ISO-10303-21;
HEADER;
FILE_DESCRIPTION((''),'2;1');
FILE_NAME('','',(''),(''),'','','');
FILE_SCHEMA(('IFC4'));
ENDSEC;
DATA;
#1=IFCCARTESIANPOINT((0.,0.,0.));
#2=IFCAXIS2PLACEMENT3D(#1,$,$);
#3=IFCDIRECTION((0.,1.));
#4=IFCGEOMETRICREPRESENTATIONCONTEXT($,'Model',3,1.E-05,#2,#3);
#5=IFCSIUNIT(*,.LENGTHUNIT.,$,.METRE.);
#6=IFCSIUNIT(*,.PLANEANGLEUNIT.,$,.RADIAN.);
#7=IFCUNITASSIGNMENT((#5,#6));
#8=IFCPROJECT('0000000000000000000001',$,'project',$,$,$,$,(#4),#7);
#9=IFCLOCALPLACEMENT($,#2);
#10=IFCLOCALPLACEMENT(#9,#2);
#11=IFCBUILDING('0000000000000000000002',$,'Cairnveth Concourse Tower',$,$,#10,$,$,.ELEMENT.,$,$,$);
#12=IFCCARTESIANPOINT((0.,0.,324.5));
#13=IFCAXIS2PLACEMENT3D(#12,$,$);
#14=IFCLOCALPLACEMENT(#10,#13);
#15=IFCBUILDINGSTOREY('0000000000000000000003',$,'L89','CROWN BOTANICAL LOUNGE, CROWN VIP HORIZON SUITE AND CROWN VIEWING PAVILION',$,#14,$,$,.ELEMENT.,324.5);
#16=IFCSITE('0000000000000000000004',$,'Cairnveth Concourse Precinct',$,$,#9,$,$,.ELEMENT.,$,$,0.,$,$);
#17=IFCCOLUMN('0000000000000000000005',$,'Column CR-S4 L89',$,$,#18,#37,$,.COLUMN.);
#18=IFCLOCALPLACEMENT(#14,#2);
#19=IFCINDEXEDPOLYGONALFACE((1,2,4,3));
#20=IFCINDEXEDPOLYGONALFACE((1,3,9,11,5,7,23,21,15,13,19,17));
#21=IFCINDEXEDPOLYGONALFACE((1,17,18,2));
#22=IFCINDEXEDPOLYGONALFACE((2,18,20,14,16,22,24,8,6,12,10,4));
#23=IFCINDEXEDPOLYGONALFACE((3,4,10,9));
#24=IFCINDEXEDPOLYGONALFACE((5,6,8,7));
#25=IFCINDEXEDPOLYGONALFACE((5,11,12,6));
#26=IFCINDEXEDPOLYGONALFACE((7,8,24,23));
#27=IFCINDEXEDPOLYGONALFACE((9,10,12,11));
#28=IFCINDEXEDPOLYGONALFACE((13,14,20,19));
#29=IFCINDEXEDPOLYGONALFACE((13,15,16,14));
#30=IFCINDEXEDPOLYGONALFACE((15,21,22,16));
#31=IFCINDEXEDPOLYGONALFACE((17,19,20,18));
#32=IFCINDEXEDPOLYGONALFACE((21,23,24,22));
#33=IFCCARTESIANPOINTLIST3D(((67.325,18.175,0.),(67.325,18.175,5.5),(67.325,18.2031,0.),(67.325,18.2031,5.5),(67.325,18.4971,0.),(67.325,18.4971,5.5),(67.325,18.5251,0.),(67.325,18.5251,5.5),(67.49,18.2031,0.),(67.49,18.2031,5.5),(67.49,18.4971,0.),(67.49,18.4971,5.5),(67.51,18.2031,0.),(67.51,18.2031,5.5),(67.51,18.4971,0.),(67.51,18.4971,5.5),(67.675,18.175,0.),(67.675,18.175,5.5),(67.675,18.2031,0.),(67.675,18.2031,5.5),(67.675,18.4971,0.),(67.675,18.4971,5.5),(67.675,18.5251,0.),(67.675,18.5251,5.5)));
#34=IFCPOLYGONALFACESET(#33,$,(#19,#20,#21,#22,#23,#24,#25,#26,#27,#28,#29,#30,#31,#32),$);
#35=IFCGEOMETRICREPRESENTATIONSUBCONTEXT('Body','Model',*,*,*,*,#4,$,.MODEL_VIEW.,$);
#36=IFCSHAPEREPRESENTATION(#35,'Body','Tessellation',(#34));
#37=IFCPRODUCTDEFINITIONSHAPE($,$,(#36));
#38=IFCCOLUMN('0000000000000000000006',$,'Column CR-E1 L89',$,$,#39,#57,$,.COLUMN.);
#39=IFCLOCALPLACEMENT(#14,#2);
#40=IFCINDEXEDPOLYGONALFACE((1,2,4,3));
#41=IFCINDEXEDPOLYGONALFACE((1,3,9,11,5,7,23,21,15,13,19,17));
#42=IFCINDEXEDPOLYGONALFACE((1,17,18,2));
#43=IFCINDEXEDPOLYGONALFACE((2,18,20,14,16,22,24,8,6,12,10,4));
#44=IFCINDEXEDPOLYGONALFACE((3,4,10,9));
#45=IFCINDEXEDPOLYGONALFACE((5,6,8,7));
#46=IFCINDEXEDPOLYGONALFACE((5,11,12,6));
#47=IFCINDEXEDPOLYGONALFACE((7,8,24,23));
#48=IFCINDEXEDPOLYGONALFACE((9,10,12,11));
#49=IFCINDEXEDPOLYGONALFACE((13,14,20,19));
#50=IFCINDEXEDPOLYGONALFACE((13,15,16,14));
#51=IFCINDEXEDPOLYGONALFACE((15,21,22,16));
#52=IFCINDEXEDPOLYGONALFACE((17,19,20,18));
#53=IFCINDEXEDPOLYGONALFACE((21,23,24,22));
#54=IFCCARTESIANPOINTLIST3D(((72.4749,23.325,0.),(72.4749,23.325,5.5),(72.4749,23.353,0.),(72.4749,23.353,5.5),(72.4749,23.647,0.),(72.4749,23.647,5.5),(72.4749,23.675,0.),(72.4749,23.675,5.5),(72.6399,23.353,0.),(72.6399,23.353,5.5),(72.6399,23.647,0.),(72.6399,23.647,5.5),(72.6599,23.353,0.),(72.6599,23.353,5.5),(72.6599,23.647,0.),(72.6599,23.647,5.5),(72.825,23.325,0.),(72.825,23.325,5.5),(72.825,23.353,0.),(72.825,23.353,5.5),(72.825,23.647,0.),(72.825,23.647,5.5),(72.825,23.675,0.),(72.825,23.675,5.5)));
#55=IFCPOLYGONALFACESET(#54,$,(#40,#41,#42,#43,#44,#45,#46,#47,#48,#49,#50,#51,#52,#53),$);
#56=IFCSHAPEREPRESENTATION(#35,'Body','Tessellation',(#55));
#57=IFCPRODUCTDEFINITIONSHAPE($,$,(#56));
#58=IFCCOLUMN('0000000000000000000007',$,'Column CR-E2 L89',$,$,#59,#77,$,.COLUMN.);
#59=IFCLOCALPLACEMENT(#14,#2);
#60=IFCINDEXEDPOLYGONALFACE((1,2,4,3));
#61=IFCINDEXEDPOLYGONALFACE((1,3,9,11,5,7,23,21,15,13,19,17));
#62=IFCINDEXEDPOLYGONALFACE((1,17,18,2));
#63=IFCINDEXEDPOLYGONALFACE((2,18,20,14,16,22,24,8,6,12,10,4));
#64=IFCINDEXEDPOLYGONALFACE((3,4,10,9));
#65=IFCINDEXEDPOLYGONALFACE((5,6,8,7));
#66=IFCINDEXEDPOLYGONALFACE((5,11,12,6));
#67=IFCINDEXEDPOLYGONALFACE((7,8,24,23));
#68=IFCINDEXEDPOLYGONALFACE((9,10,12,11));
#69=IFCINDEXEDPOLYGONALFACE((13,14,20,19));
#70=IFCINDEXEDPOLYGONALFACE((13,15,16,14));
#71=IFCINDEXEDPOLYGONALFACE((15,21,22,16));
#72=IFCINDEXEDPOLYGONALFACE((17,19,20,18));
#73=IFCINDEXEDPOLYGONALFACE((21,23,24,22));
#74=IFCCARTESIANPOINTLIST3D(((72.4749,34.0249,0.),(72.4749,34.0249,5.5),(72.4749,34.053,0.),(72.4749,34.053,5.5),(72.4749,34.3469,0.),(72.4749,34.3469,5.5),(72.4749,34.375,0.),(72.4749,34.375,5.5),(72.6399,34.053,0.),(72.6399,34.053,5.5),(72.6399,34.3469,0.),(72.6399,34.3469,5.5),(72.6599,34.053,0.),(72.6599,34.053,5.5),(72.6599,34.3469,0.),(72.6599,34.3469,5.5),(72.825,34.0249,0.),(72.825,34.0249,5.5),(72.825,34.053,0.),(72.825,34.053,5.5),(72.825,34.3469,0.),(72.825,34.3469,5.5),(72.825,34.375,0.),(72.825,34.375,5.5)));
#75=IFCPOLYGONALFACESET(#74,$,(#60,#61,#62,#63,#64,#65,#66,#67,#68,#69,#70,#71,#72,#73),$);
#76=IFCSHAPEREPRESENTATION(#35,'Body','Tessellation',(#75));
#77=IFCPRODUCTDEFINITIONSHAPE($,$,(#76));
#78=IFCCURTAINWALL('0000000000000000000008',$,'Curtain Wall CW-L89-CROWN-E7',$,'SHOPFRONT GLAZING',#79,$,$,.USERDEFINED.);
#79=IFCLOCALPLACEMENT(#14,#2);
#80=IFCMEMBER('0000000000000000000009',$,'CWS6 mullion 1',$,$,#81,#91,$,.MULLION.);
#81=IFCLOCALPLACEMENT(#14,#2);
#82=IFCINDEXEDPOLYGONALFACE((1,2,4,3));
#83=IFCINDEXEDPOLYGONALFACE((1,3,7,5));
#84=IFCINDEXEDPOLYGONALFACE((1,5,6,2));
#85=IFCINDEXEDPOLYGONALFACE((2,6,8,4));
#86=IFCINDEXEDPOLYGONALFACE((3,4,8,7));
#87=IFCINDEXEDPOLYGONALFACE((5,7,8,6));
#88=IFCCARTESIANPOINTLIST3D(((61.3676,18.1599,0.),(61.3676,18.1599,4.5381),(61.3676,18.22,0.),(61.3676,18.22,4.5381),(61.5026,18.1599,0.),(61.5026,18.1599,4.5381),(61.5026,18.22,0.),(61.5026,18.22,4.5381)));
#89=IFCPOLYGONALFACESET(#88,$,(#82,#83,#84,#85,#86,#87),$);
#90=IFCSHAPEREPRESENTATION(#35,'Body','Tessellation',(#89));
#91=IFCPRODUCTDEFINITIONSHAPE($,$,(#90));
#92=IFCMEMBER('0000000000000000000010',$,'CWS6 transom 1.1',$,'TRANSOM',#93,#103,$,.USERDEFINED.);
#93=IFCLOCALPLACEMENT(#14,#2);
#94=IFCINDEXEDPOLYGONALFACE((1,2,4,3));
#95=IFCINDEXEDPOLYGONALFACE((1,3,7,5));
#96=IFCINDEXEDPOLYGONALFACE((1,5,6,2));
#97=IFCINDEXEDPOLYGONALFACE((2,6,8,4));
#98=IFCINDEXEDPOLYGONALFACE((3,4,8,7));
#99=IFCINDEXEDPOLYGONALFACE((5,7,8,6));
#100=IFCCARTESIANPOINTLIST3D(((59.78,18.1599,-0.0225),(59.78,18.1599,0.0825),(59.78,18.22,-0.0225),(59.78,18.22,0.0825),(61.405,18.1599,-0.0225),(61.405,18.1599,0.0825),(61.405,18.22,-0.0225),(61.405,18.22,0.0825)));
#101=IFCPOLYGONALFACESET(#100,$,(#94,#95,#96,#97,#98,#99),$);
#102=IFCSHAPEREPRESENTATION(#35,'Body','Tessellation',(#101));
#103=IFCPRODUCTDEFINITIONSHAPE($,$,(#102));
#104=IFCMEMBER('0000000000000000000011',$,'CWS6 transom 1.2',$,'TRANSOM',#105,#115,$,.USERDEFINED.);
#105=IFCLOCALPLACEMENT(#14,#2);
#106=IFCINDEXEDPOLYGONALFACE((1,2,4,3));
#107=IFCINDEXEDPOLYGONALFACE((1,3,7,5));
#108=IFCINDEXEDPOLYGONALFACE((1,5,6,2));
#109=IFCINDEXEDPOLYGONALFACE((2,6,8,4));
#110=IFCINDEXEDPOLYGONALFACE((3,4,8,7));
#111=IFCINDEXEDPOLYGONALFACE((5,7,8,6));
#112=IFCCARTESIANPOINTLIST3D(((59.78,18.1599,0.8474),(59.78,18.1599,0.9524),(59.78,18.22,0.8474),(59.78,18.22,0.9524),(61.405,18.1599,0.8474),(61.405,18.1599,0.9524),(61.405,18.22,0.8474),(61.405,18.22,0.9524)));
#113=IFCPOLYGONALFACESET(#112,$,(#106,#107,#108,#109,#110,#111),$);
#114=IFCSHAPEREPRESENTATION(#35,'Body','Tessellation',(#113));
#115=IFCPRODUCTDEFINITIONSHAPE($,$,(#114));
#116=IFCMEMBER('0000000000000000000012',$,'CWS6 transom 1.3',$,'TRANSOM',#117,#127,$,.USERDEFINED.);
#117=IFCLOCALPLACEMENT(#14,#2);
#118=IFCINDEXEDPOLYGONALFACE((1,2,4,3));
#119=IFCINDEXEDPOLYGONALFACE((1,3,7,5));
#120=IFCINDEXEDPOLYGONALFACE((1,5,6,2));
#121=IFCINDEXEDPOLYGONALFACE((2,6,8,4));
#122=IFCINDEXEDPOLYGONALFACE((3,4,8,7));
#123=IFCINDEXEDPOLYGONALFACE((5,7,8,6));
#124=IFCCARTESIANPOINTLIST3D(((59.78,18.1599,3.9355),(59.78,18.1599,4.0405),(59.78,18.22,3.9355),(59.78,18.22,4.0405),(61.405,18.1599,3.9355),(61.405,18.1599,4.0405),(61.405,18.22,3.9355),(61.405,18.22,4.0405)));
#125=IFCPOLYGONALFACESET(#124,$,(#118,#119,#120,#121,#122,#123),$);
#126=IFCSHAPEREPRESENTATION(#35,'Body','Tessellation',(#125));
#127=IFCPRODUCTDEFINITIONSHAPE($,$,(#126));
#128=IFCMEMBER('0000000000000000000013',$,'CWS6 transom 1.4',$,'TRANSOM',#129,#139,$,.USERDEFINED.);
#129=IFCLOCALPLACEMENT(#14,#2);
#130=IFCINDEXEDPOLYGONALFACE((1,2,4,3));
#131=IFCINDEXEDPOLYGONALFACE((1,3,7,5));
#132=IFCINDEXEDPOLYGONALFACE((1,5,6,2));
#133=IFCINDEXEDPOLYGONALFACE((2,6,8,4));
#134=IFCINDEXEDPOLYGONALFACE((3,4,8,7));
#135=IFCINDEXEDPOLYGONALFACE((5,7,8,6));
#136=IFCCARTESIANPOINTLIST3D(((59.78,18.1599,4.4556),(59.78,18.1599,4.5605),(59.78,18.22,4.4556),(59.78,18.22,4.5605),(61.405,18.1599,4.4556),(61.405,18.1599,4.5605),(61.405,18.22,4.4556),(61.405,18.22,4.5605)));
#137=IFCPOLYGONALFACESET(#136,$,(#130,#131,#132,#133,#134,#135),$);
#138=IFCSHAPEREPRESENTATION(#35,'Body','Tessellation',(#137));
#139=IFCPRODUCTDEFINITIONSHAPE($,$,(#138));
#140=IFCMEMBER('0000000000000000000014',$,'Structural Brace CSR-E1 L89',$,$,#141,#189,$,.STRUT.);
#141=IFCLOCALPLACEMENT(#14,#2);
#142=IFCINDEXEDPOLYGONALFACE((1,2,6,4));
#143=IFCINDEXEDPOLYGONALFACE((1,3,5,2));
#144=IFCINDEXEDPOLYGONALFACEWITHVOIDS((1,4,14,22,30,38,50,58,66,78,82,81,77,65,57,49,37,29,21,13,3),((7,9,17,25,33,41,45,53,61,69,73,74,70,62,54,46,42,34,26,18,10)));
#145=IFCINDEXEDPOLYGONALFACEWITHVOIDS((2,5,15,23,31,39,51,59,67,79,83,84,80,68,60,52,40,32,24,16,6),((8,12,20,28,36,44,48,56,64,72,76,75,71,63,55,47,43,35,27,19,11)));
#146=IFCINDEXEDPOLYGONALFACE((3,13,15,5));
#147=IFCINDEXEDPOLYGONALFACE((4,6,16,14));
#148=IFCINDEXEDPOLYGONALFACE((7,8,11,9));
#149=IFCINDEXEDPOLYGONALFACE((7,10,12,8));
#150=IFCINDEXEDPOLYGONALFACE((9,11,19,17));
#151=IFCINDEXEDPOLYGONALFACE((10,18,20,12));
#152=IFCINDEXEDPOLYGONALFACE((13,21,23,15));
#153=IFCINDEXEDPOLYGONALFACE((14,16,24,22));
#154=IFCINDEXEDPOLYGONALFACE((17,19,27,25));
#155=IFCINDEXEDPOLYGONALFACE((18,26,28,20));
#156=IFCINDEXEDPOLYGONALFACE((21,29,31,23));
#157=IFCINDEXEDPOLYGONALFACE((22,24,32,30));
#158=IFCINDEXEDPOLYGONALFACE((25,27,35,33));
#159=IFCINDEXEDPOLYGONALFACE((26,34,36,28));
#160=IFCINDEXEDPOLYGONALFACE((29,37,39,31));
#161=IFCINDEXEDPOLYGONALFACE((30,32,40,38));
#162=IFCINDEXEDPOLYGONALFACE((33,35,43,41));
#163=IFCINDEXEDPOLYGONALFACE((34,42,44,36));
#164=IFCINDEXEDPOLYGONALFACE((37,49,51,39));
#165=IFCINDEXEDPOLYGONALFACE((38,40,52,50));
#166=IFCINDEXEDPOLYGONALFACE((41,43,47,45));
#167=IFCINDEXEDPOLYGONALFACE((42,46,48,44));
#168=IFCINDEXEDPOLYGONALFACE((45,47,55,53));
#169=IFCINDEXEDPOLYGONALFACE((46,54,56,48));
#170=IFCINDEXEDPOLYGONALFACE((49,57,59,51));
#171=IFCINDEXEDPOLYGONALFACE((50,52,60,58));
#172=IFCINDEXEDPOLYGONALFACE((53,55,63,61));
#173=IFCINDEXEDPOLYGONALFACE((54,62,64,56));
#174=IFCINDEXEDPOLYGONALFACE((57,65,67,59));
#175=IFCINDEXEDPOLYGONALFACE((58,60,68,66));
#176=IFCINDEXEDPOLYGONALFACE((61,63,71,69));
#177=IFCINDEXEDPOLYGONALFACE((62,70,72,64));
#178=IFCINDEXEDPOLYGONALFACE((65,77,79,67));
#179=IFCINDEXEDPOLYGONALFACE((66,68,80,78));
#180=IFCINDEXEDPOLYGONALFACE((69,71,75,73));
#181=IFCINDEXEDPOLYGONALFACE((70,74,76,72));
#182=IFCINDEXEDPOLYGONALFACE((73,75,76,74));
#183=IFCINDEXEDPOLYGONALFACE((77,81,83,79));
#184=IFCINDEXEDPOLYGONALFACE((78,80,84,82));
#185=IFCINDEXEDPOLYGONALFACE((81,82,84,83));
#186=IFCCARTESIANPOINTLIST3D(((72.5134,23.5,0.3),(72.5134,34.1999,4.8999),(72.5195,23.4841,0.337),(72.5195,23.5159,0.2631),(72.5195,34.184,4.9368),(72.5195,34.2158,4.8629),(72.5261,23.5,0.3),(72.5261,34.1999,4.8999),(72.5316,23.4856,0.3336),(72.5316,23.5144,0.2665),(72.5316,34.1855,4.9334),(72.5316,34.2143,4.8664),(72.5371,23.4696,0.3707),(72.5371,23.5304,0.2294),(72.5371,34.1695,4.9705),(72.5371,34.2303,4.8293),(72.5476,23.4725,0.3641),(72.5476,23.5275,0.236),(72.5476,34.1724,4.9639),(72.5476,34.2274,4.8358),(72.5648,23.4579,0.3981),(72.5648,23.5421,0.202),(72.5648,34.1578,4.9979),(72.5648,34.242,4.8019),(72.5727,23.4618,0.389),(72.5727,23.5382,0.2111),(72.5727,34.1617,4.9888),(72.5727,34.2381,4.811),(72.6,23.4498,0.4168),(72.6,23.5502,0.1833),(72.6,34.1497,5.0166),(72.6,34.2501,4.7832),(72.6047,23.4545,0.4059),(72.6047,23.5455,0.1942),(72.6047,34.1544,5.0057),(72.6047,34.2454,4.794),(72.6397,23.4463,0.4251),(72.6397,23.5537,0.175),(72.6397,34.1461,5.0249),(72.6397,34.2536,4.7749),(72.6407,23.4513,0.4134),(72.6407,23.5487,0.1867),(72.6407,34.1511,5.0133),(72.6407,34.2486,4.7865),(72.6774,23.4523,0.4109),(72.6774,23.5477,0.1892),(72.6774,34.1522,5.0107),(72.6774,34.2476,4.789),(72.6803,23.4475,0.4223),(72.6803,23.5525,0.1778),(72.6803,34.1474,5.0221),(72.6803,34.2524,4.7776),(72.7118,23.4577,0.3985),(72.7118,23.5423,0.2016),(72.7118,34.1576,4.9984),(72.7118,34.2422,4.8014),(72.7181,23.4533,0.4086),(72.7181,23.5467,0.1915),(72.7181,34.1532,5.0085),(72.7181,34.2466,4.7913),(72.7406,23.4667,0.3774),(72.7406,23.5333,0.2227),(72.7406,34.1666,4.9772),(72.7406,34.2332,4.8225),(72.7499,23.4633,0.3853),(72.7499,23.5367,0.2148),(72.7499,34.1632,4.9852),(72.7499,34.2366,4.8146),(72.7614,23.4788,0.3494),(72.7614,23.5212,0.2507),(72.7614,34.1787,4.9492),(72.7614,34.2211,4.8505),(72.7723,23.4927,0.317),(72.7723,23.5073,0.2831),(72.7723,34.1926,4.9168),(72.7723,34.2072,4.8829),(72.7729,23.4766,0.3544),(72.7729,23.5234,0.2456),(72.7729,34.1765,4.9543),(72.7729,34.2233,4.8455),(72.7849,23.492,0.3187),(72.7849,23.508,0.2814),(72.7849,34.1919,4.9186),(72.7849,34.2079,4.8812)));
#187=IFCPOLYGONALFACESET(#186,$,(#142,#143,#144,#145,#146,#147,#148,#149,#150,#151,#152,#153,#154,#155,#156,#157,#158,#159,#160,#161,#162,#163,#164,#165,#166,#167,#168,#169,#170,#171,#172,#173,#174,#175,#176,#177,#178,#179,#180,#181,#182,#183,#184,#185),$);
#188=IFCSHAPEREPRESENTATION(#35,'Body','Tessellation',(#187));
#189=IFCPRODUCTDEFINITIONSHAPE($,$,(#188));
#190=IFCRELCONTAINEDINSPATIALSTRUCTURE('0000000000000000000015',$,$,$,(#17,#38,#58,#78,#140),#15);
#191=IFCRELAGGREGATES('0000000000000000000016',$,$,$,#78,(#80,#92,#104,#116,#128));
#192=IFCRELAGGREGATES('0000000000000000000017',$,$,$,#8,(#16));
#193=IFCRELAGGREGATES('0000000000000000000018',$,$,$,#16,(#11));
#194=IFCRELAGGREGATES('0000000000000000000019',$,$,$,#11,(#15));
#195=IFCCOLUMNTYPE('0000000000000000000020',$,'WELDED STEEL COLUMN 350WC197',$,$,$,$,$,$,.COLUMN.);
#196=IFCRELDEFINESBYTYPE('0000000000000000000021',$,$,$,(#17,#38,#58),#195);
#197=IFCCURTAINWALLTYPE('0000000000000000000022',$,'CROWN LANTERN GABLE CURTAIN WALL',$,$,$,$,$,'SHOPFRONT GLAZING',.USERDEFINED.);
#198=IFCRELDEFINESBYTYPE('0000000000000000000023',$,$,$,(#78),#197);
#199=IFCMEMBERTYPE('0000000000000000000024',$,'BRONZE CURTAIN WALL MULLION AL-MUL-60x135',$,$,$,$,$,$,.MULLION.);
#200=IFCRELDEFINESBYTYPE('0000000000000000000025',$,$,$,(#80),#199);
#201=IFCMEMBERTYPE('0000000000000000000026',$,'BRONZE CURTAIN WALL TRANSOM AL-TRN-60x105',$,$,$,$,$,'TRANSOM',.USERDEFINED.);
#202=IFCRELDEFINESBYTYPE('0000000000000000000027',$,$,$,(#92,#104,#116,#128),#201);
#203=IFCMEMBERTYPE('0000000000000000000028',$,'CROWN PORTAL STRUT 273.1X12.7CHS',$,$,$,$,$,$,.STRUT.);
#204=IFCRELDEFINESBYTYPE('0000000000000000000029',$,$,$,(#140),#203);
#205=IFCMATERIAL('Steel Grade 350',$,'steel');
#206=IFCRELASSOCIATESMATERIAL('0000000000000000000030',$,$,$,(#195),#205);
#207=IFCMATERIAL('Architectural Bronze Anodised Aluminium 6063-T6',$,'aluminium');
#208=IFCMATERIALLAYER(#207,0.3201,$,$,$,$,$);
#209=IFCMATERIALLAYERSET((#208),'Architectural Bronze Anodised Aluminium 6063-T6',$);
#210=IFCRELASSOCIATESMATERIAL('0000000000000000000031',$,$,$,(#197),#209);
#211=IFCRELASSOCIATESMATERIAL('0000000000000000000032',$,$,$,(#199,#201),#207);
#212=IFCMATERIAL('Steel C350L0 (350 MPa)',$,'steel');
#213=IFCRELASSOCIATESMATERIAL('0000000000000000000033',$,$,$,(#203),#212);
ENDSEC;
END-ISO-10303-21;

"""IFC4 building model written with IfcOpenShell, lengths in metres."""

from ifc_helpers import new_model, si_unit, direction, frame, origin, origin_2d, place, context, subcontext, project, spatial, rectangle, hollow_circle, i_section, extrude, material, layer, layer_set, material_profile, profile_set, type_object, element, aggregate, save


model = new_model("IFC4")

# Units and contexts
model_context = context("Model", 3, precision=1e-05, world=origin(), true_north=direction((0.0, 1.0)))
body_context = subcontext(model_context, "Body", "Model", "MODEL_VIEW")
ifc_project = project(units=[si_unit("LENGTHUNIT", "METRE"), si_unit("PLANEANGLEUNIT", "RADIAN")], contexts=[model_context])

# Site, building, storey
site_placement = place(None, origin())
site = spatial("IfcSite", under=ifc_project, at=site_placement, Name="Cairnveth Concourse Precinct", CompositionType="ELEMENT", RefElevation=0.0)
building_placement = place(site_placement, origin())
building = spatial("IfcBuilding", under=site, at=building_placement, Name="Cairnveth Concourse Tower", CompositionType="ELEMENT")
storey_placement = place(building_placement, frame((0.0, 0.0, 324.5)))
storey = spatial("IfcBuildingStorey", under=building, at=storey_placement, Name="L89", Description="CROWN BOTANICAL LOUNGE, CROWN VIP HORIZON SUITE AND CROWN VIEWING PAVILION", CompositionType="ELEMENT", Elevation=324.5)

# Columns
ifc_material_1 = material(Name="Steel Grade 350", Category="steel")
ifc_material_profile_1 = material_profile(ifc_material_1, i_section(OverallWidth=0.3501, OverallDepth=0.3501, WebThickness=0.02, FlangeThickness=0.0281, at=origin_2d()), Name="350WC197")
ifc_profile_set_1 = profile_set([ifc_material_profile_1], Name="Steel Grade 350")
column_type_1 = type_object("IfcColumnType", Name="WELDED STEEL COLUMN 350WC197", PredefinedType="COLUMN", material=ifc_profile_set_1)
for number, where, z_axis, x_axis, name in (
    (1, (67.5, 18.3501, 0.0), (0.0, 0.0, 1.0), (1.0, 0.0, 0.0), "Column CR-S4 L89"),
    (2, (72.6499, 23.5, 0.0), (0.0, 0.0, 1.0), (1.0, 0.0, 0.0), "Column CR-E1 L89"),
    (3, (72.6499, 34.2, 0.0), (0.0, 0.0, 1.0), (1.0, 0.0, 0.0), "Column CR-E2 L89"),
):
    element("IfcColumn", number, at=place(storey_placement, frame(where, z_axis=z_axis, x_axis=x_axis)), inside=storey, type_object=column_type_1, Name=name, PredefinedType="COLUMN", context=body_context, shape_type="SweptSolid", body=[
        extrude(i_section(OverallWidth=0.3501, OverallDepth=0.3501, WebThickness=0.02, FlangeThickness=0.0281, at=origin_2d()), origin(), (0.0, 0.0, 1.0), 5.5),
    ])

# Curtain wall, members
ifc_material_2 = material(Name="Architectural Bronze Anodised Aluminium 6063-T6", Category="aluminium")
ifc_layer_1 = layer(ifc_material_2, 0.3201)
ifc_layer_set_1 = layer_set([ifc_layer_1], Name="Architectural Bronze Anodised Aluminium 6063-T6")
curtain_wall_type = type_object("IfcCurtainWallType", Name="CROWN LANTERN GABLE CURTAIN WALL", ElementType="SHOPFRONT GLAZING", PredefinedType="USERDEFINED", material=ifc_layer_set_1)
curtain_wall_placement = place(storey_placement, origin())
curtain_wall = element("IfcCurtainWall", 4, at=curtain_wall_placement, inside=storey, type_object=curtain_wall_type, Name="Curtain Wall CW-L89-CROWN-E7", ObjectType="SHOPFRONT GLAZING", PredefinedType="USERDEFINED")
ifc_material_profile_2 = material_profile(ifc_material_2, rectangle(XDim=0.0601, YDim=0.135, at=origin_2d()), Name="AL-MUL-60x135")
ifc_profile_set_2 = profile_set([ifc_material_profile_2], Name="Architectural Bronze Anodised Aluminium 6063-T6")
member_type_1 = type_object("IfcMemberType", Name="BRONZE CURTAIN WALL MULLION AL-MUL-60x135", PredefinedType="MULLION", material=ifc_profile_set_2)
member_1_placement = place(storey_placement, frame((61.4351, 18.1899, 0.0), z_axis=(0.0, 0.0, 1.0), x_axis=(0.0, -1.0, 0.0)))
member_1 = element("IfcMember", 5, at=member_1_placement, type_object=member_type_1, Name="CWS6 mullion 1", PredefinedType="MULLION", context=body_context, shape_type="SweptSolid", body=[
    extrude(rectangle(XDim=0.0601, YDim=0.135, at=origin_2d()), origin(), (0.0, 0.0, 1.0), 4.5381),
])
ifc_material_profile_3 = material_profile(ifc_material_2, rectangle(XDim=0.0601, YDim=0.105, at=origin_2d()), Name="AL-TRN-60x105")
ifc_profile_set_3 = profile_set([ifc_material_profile_3], Name="Architectural Bronze Anodised Aluminium 6063-T6")
member_type_2 = type_object("IfcMemberType", Name="BRONZE CURTAIN WALL TRANSOM AL-TRN-60x105", ElementType="TRANSOM", PredefinedType="USERDEFINED", material=ifc_profile_set_3)
member_2_placement = place(storey_placement, frame((61.405, 18.1899, 0.03), z_axis=(-1.0, 0.0, 0.0), x_axis=(0.0, -1.0, 0.0)))
member_2 = element("IfcMember", 6, at=member_2_placement, type_object=member_type_2, Name="CWS6 transom 1.1", ObjectType="TRANSOM", PredefinedType="USERDEFINED", context=body_context, shape_type="SweptSolid", body=[
    extrude(rectangle(XDim=0.0601, YDim=0.105, at=origin_2d()), origin(), (0.0, 0.0, 1.0), 1.625),
])
member_3_placement = place(storey_placement, frame((61.405, 18.1899, 0.8999), z_axis=(-1.0, 0.0, 0.0), x_axis=(0.0, -1.0, 0.0)))
member_3 = element("IfcMember", 7, at=member_3_placement, type_object=member_type_2, Name="CWS6 transom 1.2", ObjectType="TRANSOM", PredefinedType="USERDEFINED", context=body_context, shape_type="SweptSolid", body=[
    extrude(rectangle(XDim=0.0601, YDim=0.105, at=origin_2d()), origin(), (0.0, 0.0, 1.0), 1.625),
])
member_4_placement = place(storey_placement, frame((61.405, 18.1899, 3.988), z_axis=(-1.0, 0.0, 0.0), x_axis=(0.0, -1.0, 0.0)))
member_4 = element("IfcMember", 8, at=member_4_placement, type_object=member_type_2, Name="CWS6 transom 1.3", ObjectType="TRANSOM", PredefinedType="USERDEFINED", context=body_context, shape_type="SweptSolid", body=[
    extrude(rectangle(XDim=0.0601, YDim=0.105, at=origin_2d()), origin(), (0.0, 0.0, 1.0), 1.625),
])
member_5_placement = place(storey_placement, frame((61.405, 18.1899, 4.5081), z_axis=(-1.0, 0.0, 0.0), x_axis=(0.0, -1.0, 0.0)))
member_5 = element("IfcMember", 9, at=member_5_placement, type_object=member_type_2, Name="CWS6 transom 1.4", ObjectType="TRANSOM", PredefinedType="USERDEFINED", context=body_context, shape_type="SweptSolid", body=[
    extrude(rectangle(XDim=0.0601, YDim=0.105, at=origin_2d()), origin(), (0.0, 0.0, 1.0), 1.625),
])

# Member
ifc_material_3 = material(Name="Steel C350L0 (350 MPa)", Category="steel")
ifc_material_profile_4 = material_profile(ifc_material_3, hollow_circle(Radius=0.1365, WallThickness=0.0127, at=origin_2d()), Name="273.1x12.7CHS")
ifc_profile_set_4 = profile_set([ifc_material_profile_4], Name="Steel C350L0 (350 MPa)")
member_type_3 = type_object("IfcMemberType", Name="CROWN PORTAL STRUT 273.1X12.7CHS", PredefinedType="STRUT", material=ifc_profile_set_4)
member_6_placement = place(storey_placement, frame((72.6499, 23.5, 0.3), z_axis=(0.0, 0.918704, 0.394946), x_axis=(-1.0, 0.0, 0.0)))
element("IfcMember", 10, at=member_6_placement, inside=storey, type_object=member_type_3, Name="Structural Brace CSR-E1 L89", PredefinedType="STRUT", context=body_context, shape_type="SweptSolid", body=[
    extrude(hollow_circle(Radius=0.1365, WallThickness=0.0127, at=origin_2d()), origin(), (0.0, 0.0, 1.0), 11.6467),
])

aggregate(curtain_wall, [member_1, member_2, member_3, member_4, member_5])

save(model, "model.ifc")
